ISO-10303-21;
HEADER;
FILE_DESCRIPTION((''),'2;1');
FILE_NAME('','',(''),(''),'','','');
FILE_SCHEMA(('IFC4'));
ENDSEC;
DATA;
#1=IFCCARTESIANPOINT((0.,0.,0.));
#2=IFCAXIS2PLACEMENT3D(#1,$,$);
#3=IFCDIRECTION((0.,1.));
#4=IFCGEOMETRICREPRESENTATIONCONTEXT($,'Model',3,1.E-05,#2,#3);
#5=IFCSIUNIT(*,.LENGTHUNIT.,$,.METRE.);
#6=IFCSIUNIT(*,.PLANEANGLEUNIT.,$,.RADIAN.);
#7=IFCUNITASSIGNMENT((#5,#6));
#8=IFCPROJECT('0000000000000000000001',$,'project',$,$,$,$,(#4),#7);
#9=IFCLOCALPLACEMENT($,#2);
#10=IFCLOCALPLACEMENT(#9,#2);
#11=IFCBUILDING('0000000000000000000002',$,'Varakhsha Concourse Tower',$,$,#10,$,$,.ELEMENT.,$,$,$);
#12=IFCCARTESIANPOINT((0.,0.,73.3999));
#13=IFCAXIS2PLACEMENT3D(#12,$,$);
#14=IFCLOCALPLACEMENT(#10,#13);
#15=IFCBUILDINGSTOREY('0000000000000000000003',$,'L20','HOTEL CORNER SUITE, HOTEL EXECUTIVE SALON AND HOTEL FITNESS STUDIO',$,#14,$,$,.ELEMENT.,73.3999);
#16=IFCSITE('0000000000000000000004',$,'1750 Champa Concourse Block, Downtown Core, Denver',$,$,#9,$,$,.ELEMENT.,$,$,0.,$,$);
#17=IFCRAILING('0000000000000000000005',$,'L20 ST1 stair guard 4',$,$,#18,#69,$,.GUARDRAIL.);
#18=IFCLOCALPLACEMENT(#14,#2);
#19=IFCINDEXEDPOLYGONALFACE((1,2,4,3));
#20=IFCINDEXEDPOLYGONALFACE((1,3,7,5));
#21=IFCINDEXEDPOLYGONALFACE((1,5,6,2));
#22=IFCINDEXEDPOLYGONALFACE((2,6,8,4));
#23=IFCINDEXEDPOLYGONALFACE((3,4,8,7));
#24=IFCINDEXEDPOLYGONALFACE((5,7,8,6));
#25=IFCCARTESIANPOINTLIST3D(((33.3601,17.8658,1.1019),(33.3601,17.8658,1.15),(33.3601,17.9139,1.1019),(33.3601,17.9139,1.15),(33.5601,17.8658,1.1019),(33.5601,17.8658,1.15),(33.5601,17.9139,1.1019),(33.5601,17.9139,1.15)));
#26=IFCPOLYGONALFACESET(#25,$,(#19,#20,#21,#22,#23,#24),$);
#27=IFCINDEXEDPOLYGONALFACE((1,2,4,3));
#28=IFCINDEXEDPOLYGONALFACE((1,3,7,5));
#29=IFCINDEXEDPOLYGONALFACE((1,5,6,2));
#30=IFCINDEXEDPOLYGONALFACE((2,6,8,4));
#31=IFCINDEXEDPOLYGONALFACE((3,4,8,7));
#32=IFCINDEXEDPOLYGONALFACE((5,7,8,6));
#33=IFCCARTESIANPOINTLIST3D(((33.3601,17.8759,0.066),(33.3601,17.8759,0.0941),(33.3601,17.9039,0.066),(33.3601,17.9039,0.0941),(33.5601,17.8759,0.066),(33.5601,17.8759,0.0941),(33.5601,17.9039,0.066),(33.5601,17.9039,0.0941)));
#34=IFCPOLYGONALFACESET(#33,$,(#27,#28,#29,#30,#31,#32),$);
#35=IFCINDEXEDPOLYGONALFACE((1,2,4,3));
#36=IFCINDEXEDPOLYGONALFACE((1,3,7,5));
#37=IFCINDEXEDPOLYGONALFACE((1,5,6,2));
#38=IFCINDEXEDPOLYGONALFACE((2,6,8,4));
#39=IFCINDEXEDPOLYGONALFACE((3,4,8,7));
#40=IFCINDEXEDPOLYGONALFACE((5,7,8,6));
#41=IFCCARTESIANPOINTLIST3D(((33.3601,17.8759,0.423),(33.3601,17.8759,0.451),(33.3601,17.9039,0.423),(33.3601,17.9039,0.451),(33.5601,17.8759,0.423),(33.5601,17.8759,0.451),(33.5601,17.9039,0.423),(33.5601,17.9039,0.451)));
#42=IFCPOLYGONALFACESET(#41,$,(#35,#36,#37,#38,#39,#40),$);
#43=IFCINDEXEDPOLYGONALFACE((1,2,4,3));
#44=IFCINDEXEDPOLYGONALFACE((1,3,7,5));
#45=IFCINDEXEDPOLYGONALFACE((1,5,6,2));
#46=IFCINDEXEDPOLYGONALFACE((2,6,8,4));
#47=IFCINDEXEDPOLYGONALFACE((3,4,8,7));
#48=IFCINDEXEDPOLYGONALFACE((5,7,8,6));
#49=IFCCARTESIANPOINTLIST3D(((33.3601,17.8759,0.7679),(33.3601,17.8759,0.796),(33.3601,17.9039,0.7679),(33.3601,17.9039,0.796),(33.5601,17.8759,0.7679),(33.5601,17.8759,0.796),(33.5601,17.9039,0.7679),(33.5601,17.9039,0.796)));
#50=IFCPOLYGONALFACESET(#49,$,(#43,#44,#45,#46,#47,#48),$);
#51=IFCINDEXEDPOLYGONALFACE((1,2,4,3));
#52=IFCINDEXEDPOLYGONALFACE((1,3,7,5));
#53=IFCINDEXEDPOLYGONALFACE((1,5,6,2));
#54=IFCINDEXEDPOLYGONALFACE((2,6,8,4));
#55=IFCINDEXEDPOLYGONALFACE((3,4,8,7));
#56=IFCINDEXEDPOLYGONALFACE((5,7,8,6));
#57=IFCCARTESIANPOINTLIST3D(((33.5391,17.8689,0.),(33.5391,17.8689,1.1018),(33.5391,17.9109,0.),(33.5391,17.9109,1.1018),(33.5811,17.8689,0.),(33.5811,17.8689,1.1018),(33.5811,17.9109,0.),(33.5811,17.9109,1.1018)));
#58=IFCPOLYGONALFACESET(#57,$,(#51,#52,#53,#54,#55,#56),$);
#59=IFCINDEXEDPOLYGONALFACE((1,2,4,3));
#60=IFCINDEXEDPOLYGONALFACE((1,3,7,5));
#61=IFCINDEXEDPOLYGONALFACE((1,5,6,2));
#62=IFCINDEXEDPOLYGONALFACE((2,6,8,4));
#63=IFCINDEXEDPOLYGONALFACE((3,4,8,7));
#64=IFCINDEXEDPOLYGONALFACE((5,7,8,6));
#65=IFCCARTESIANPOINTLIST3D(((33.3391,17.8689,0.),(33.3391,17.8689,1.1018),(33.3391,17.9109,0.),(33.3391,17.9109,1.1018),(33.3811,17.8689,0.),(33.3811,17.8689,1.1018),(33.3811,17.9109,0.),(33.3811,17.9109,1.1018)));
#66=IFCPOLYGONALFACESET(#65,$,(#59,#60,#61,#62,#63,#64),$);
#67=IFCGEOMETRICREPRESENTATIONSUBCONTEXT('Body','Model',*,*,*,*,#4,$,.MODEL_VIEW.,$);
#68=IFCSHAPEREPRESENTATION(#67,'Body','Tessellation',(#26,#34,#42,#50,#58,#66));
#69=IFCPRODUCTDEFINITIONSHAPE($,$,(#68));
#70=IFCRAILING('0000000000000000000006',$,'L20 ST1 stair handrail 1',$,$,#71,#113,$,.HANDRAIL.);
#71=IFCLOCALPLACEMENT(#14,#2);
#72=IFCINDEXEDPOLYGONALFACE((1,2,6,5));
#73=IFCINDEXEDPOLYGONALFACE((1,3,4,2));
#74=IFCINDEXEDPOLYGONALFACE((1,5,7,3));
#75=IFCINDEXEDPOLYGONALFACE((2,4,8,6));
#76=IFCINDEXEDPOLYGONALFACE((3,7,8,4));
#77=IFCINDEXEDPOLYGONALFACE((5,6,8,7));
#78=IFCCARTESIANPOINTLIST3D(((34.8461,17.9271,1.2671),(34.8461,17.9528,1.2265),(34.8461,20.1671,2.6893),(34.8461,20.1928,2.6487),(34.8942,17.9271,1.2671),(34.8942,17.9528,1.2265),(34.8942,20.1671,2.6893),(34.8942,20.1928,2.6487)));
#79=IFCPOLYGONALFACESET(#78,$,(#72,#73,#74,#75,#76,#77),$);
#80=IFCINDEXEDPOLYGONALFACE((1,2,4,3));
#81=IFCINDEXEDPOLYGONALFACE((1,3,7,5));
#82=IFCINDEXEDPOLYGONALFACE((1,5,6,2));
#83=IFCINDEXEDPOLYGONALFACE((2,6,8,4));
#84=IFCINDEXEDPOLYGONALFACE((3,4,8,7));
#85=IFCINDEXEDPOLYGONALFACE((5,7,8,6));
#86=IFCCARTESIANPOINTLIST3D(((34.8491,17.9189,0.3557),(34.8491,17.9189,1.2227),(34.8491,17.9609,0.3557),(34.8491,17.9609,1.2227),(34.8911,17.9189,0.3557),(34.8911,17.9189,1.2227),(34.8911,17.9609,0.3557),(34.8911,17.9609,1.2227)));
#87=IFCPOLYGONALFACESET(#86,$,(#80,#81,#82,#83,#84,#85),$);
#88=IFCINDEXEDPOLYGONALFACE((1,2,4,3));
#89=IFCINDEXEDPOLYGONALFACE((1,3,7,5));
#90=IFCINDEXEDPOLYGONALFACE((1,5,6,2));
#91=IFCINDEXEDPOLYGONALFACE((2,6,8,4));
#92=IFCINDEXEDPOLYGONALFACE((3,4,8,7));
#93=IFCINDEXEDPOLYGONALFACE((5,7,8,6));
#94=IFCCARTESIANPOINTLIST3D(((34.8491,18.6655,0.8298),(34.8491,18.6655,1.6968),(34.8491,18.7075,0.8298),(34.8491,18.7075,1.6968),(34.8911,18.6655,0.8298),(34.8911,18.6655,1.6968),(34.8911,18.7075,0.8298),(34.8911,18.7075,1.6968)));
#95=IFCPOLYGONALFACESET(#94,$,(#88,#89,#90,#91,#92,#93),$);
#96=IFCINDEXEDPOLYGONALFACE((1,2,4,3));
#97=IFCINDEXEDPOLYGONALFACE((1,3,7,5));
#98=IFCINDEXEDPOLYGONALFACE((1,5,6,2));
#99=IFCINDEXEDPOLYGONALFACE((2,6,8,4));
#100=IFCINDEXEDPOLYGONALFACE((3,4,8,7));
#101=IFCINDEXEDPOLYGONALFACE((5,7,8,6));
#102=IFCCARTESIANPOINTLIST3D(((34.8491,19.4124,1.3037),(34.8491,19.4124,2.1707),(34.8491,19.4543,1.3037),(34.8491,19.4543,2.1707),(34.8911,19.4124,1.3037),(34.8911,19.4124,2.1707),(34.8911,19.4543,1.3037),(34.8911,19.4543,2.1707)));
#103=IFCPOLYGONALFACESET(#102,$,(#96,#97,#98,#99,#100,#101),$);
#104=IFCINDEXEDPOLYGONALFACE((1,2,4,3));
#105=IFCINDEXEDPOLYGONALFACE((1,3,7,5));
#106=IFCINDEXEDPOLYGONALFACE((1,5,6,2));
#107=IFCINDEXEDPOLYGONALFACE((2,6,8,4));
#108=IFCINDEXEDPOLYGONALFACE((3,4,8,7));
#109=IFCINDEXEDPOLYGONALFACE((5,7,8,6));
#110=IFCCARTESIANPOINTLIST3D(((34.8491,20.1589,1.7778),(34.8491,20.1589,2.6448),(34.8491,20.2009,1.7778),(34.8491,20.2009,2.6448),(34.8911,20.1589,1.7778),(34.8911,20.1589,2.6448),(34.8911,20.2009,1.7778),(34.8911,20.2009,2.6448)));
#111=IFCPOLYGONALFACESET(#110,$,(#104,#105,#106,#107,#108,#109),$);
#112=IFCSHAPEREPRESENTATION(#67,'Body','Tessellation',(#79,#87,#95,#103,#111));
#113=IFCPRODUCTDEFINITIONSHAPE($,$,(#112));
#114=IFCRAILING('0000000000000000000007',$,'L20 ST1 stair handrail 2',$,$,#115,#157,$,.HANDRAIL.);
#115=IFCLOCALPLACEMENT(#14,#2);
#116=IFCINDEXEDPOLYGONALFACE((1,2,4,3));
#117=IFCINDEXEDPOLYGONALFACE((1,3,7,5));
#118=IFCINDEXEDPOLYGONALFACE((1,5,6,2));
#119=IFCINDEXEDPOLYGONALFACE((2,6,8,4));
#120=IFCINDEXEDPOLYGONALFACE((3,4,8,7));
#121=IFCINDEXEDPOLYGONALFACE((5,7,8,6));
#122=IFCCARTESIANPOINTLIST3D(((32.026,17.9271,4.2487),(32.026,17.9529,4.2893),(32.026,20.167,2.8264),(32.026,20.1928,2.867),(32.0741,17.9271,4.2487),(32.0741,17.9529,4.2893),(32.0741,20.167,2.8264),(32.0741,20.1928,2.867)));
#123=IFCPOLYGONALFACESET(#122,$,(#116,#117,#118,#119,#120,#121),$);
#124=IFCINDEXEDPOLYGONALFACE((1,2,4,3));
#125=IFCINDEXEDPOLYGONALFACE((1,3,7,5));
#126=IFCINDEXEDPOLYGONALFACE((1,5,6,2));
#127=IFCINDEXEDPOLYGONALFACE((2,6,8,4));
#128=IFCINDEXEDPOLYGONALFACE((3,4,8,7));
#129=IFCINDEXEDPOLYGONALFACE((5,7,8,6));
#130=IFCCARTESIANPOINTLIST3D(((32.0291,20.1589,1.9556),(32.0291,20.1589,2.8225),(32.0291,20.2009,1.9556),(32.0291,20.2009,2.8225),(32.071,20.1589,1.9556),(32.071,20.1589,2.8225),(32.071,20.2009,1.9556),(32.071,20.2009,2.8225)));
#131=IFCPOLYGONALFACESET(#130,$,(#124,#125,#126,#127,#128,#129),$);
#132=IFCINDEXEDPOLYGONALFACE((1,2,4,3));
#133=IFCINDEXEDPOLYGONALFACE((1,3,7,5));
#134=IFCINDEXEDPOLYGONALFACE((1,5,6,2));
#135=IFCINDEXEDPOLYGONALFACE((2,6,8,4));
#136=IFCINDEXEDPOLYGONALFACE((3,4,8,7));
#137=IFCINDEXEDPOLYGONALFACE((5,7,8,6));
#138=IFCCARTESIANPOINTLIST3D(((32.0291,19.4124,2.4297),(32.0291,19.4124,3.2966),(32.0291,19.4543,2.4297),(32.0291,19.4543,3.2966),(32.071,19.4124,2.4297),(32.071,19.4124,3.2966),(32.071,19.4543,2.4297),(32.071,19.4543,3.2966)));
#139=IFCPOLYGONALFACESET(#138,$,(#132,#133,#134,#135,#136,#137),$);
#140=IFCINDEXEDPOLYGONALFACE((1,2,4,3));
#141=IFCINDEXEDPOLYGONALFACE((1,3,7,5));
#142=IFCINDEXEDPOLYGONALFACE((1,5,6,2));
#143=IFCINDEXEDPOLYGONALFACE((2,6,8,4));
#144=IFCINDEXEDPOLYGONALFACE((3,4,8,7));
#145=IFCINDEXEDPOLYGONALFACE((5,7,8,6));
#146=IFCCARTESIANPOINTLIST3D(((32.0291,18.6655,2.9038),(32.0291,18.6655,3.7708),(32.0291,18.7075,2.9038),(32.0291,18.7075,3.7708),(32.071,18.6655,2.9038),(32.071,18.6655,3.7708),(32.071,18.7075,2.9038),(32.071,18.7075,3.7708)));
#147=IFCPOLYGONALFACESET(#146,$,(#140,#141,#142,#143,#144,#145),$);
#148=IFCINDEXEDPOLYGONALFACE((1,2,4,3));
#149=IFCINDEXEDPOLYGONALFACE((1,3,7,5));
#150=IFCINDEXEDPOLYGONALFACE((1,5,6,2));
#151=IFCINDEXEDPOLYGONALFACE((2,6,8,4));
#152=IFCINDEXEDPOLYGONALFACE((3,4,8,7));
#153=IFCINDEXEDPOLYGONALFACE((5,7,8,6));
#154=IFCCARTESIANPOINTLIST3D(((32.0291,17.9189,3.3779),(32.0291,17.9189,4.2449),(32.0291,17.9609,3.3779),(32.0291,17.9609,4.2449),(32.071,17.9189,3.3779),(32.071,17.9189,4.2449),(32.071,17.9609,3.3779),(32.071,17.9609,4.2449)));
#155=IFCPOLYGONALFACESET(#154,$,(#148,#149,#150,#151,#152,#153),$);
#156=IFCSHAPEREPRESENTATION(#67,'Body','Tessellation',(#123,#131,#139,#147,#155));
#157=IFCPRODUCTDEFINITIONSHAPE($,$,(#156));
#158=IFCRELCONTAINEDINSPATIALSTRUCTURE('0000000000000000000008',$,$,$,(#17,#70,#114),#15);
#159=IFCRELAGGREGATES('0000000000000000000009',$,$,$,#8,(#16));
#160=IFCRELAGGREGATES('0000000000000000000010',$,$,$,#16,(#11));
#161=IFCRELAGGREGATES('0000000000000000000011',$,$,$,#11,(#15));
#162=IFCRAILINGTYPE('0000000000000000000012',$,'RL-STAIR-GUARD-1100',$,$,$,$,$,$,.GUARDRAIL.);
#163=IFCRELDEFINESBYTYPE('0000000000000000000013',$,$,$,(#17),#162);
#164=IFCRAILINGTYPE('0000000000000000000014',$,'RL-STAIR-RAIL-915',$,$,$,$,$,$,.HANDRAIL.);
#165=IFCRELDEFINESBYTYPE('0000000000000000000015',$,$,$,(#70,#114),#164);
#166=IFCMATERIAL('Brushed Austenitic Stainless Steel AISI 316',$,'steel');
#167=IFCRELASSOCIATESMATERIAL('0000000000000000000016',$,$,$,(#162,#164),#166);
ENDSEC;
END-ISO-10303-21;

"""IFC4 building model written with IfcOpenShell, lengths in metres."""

from ifc_helpers import new_model, si_unit, direction, frame, origin, origin_2d, place, context, subcontext, project, spatial, rectangle, extrude, material, type_object, element, save


model = new_model("IFC4")

# Units and contexts
model_context = context("Model", 3, precision=1e-05, world=origin(), true_north=direction((0.0, 1.0)))
body_context = subcontext(model_context, "Body", "Model", "MODEL_VIEW")
ifc_project = project(units=[si_unit("LENGTHUNIT", "METRE"), si_unit("PLANEANGLEUNIT", "RADIAN")], contexts=[model_context])

# Site, building, storey
site_placement = place(None, origin())
site = spatial("IfcSite", under=ifc_project, at=site_placement, Name="1750 Champa Concourse Block, Downtown Core, Denver", CompositionType="ELEMENT", RefElevation=0.0)
building_placement = place(site_placement, origin())
building = spatial("IfcBuilding", under=site, at=building_placement, Name="Varakhsha Concourse Tower", CompositionType="ELEMENT")
storey_placement = place(building_placement, frame((0.0, 0.0, 73.3999)))
storey = spatial("IfcBuildingStorey", under=building, at=storey_placement, Name="L20", Description="HOTEL CORNER SUITE, HOTEL EXECUTIVE SALON AND HOTEL FITNESS STUDIO", CompositionType="ELEMENT", Elevation=73.3999)

# Shared definitions
ifc_material_1 = material(Name="Brushed Austenitic Stainless Steel AISI 316", Category="steel")

# Railings
railing_type_1 = type_object("IfcRailingType", Name="RL-STAIR-GUARD-1100", PredefinedType="GUARDRAIL", material=ifc_material_1)
railing_1_placement = place(storey_placement, frame((33.5601, 17.8899, 0.0)))
element("IfcRailing", 1, at=railing_1_placement, inside=storey, type_object=railing_type_1, Name="L20 ST1 stair guard 4", PredefinedType="GUARDRAIL", context=body_context, shape_type="SweptSolid", body=[
    extrude(rectangle(XDim=0.0481, YDim=0.0481, at=origin_2d()), frame((0.0, 0.0, 1.126), z_axis=(-1.0, 0.0, 0.0), x_axis=(0.0, -1.0, 0.0)), (0.0, 0.0, 1.0), 0.2),
    extrude(rectangle(XDim=0.0281, YDim=0.0281, at=origin_2d()), frame((0.0, 0.0, 0.0801), z_axis=(-1.0, 0.0, 0.0), x_axis=(0.0, -1.0, 0.0)), (0.0, 0.0, 1.0), 0.2),
    extrude(rectangle(XDim=0.0281, YDim=0.0281, at=origin_2d()), frame((0.0, 0.0, 0.437), z_axis=(-1.0, 0.0, 0.0), x_axis=(0.0, -1.0, 0.0)), (0.0, 0.0, 1.0), 0.2),
    extrude(rectangle(XDim=0.0281, YDim=0.0281, at=origin_2d()), frame((0.0, 0.0, 0.782), z_axis=(-1.0, 0.0, 0.0), x_axis=(0.0, -1.0, 0.0)), (0.0, 0.0, 1.0), 0.2),
    extrude(rectangle(XDim=0.042, YDim=0.042, at=origin_2d()), origin(), (0.0, 0.0, 1.0), 1.1018),
    extrude(rectangle(XDim=0.042, YDim=0.042, at=origin_2d()), frame((-0.2, 0.0, 0.0)), (0.0, 0.0, 1.0), 1.1018),
])
railing_type_2 = type_object("IfcRailingType", Name="RL-STAIR-RAIL-915", PredefinedType="HANDRAIL", material=ifc_material_1)
railing_2_placement = place(storey_placement, frame((34.8701, 17.9399, 0.3557)))
element("IfcRailing", 2, at=railing_2_placement, inside=storey, type_object=railing_type_2, Name="L20 ST1 stair handrail 1", PredefinedType="HANDRAIL", context=body_context, shape_type="SweptSolid", body=[
    extrude(rectangle(XDim=0.0481, YDim=0.0481, at=origin_2d()), frame((0.0, 0.0, 0.8911), z_axis=(0.0, 0.844229, 0.535982), x_axis=(-1.0, 0.0, 0.0)), (0.0, 0.0, 1.0), 2.6533),
    extrude(rectangle(XDim=0.042, YDim=0.042, at=origin_2d()), origin(), (0.0, 0.0, 1.0), 0.8669),
    extrude(rectangle(XDim=0.042, YDim=0.042, at=origin_2d()), frame((0.0, 0.7466, 0.4741)), (0.0, 0.0, 1.0), 0.8669),
    extrude(rectangle(XDim=0.042, YDim=0.042, at=origin_2d()), frame((0.0, 1.4934, 0.948)), (0.0, 0.0, 1.0), 0.8669),
    extrude(rectangle(XDim=0.042, YDim=0.042, at=origin_2d()), frame((0.0, 2.24, 1.4221)), (0.0, 0.0, 1.0), 0.8669),
])
railing_3_placement = place(storey_placement, frame((32.05, 20.1799, 1.9556)))
element("IfcRailing", 3, at=railing_3_placement, inside=storey, type_object=railing_type_2, Name="L20 ST1 stair handrail 2", PredefinedType="HANDRAIL", context=body_context, shape_type="SweptSolid", body=[
    extrude(rectangle(XDim=0.0481, YDim=0.0481, at=origin_2d()), frame((0.0, 0.0, 0.8911), z_axis=(0.0, -0.844188, 0.536048), x_axis=(1.0, 0.0, 0.0)), (0.0, 0.0, 1.0), 2.6533),
    extrude(rectangle(XDim=0.042, YDim=0.042, at=origin_2d()), origin(), (0.0, 0.0, 1.0), 0.8669),
    extrude(rectangle(XDim=0.042, YDim=0.042, at=origin_2d()), frame((0.0, -0.7466, 0.4741)), (0.0, 0.0, 1.0), 0.8669),
    extrude(rectangle(XDim=0.042, YDim=0.042, at=origin_2d()), frame((0.0, -1.4934, 0.9482)), (0.0, 0.0, 1.0), 0.8669),
    extrude(rectangle(XDim=0.042, YDim=0.042, at=origin_2d()), frame((0.0, -2.24, 1.4224)), (0.0, 0.0, 1.0), 0.8669),
])

save(model, "model.ifc")
